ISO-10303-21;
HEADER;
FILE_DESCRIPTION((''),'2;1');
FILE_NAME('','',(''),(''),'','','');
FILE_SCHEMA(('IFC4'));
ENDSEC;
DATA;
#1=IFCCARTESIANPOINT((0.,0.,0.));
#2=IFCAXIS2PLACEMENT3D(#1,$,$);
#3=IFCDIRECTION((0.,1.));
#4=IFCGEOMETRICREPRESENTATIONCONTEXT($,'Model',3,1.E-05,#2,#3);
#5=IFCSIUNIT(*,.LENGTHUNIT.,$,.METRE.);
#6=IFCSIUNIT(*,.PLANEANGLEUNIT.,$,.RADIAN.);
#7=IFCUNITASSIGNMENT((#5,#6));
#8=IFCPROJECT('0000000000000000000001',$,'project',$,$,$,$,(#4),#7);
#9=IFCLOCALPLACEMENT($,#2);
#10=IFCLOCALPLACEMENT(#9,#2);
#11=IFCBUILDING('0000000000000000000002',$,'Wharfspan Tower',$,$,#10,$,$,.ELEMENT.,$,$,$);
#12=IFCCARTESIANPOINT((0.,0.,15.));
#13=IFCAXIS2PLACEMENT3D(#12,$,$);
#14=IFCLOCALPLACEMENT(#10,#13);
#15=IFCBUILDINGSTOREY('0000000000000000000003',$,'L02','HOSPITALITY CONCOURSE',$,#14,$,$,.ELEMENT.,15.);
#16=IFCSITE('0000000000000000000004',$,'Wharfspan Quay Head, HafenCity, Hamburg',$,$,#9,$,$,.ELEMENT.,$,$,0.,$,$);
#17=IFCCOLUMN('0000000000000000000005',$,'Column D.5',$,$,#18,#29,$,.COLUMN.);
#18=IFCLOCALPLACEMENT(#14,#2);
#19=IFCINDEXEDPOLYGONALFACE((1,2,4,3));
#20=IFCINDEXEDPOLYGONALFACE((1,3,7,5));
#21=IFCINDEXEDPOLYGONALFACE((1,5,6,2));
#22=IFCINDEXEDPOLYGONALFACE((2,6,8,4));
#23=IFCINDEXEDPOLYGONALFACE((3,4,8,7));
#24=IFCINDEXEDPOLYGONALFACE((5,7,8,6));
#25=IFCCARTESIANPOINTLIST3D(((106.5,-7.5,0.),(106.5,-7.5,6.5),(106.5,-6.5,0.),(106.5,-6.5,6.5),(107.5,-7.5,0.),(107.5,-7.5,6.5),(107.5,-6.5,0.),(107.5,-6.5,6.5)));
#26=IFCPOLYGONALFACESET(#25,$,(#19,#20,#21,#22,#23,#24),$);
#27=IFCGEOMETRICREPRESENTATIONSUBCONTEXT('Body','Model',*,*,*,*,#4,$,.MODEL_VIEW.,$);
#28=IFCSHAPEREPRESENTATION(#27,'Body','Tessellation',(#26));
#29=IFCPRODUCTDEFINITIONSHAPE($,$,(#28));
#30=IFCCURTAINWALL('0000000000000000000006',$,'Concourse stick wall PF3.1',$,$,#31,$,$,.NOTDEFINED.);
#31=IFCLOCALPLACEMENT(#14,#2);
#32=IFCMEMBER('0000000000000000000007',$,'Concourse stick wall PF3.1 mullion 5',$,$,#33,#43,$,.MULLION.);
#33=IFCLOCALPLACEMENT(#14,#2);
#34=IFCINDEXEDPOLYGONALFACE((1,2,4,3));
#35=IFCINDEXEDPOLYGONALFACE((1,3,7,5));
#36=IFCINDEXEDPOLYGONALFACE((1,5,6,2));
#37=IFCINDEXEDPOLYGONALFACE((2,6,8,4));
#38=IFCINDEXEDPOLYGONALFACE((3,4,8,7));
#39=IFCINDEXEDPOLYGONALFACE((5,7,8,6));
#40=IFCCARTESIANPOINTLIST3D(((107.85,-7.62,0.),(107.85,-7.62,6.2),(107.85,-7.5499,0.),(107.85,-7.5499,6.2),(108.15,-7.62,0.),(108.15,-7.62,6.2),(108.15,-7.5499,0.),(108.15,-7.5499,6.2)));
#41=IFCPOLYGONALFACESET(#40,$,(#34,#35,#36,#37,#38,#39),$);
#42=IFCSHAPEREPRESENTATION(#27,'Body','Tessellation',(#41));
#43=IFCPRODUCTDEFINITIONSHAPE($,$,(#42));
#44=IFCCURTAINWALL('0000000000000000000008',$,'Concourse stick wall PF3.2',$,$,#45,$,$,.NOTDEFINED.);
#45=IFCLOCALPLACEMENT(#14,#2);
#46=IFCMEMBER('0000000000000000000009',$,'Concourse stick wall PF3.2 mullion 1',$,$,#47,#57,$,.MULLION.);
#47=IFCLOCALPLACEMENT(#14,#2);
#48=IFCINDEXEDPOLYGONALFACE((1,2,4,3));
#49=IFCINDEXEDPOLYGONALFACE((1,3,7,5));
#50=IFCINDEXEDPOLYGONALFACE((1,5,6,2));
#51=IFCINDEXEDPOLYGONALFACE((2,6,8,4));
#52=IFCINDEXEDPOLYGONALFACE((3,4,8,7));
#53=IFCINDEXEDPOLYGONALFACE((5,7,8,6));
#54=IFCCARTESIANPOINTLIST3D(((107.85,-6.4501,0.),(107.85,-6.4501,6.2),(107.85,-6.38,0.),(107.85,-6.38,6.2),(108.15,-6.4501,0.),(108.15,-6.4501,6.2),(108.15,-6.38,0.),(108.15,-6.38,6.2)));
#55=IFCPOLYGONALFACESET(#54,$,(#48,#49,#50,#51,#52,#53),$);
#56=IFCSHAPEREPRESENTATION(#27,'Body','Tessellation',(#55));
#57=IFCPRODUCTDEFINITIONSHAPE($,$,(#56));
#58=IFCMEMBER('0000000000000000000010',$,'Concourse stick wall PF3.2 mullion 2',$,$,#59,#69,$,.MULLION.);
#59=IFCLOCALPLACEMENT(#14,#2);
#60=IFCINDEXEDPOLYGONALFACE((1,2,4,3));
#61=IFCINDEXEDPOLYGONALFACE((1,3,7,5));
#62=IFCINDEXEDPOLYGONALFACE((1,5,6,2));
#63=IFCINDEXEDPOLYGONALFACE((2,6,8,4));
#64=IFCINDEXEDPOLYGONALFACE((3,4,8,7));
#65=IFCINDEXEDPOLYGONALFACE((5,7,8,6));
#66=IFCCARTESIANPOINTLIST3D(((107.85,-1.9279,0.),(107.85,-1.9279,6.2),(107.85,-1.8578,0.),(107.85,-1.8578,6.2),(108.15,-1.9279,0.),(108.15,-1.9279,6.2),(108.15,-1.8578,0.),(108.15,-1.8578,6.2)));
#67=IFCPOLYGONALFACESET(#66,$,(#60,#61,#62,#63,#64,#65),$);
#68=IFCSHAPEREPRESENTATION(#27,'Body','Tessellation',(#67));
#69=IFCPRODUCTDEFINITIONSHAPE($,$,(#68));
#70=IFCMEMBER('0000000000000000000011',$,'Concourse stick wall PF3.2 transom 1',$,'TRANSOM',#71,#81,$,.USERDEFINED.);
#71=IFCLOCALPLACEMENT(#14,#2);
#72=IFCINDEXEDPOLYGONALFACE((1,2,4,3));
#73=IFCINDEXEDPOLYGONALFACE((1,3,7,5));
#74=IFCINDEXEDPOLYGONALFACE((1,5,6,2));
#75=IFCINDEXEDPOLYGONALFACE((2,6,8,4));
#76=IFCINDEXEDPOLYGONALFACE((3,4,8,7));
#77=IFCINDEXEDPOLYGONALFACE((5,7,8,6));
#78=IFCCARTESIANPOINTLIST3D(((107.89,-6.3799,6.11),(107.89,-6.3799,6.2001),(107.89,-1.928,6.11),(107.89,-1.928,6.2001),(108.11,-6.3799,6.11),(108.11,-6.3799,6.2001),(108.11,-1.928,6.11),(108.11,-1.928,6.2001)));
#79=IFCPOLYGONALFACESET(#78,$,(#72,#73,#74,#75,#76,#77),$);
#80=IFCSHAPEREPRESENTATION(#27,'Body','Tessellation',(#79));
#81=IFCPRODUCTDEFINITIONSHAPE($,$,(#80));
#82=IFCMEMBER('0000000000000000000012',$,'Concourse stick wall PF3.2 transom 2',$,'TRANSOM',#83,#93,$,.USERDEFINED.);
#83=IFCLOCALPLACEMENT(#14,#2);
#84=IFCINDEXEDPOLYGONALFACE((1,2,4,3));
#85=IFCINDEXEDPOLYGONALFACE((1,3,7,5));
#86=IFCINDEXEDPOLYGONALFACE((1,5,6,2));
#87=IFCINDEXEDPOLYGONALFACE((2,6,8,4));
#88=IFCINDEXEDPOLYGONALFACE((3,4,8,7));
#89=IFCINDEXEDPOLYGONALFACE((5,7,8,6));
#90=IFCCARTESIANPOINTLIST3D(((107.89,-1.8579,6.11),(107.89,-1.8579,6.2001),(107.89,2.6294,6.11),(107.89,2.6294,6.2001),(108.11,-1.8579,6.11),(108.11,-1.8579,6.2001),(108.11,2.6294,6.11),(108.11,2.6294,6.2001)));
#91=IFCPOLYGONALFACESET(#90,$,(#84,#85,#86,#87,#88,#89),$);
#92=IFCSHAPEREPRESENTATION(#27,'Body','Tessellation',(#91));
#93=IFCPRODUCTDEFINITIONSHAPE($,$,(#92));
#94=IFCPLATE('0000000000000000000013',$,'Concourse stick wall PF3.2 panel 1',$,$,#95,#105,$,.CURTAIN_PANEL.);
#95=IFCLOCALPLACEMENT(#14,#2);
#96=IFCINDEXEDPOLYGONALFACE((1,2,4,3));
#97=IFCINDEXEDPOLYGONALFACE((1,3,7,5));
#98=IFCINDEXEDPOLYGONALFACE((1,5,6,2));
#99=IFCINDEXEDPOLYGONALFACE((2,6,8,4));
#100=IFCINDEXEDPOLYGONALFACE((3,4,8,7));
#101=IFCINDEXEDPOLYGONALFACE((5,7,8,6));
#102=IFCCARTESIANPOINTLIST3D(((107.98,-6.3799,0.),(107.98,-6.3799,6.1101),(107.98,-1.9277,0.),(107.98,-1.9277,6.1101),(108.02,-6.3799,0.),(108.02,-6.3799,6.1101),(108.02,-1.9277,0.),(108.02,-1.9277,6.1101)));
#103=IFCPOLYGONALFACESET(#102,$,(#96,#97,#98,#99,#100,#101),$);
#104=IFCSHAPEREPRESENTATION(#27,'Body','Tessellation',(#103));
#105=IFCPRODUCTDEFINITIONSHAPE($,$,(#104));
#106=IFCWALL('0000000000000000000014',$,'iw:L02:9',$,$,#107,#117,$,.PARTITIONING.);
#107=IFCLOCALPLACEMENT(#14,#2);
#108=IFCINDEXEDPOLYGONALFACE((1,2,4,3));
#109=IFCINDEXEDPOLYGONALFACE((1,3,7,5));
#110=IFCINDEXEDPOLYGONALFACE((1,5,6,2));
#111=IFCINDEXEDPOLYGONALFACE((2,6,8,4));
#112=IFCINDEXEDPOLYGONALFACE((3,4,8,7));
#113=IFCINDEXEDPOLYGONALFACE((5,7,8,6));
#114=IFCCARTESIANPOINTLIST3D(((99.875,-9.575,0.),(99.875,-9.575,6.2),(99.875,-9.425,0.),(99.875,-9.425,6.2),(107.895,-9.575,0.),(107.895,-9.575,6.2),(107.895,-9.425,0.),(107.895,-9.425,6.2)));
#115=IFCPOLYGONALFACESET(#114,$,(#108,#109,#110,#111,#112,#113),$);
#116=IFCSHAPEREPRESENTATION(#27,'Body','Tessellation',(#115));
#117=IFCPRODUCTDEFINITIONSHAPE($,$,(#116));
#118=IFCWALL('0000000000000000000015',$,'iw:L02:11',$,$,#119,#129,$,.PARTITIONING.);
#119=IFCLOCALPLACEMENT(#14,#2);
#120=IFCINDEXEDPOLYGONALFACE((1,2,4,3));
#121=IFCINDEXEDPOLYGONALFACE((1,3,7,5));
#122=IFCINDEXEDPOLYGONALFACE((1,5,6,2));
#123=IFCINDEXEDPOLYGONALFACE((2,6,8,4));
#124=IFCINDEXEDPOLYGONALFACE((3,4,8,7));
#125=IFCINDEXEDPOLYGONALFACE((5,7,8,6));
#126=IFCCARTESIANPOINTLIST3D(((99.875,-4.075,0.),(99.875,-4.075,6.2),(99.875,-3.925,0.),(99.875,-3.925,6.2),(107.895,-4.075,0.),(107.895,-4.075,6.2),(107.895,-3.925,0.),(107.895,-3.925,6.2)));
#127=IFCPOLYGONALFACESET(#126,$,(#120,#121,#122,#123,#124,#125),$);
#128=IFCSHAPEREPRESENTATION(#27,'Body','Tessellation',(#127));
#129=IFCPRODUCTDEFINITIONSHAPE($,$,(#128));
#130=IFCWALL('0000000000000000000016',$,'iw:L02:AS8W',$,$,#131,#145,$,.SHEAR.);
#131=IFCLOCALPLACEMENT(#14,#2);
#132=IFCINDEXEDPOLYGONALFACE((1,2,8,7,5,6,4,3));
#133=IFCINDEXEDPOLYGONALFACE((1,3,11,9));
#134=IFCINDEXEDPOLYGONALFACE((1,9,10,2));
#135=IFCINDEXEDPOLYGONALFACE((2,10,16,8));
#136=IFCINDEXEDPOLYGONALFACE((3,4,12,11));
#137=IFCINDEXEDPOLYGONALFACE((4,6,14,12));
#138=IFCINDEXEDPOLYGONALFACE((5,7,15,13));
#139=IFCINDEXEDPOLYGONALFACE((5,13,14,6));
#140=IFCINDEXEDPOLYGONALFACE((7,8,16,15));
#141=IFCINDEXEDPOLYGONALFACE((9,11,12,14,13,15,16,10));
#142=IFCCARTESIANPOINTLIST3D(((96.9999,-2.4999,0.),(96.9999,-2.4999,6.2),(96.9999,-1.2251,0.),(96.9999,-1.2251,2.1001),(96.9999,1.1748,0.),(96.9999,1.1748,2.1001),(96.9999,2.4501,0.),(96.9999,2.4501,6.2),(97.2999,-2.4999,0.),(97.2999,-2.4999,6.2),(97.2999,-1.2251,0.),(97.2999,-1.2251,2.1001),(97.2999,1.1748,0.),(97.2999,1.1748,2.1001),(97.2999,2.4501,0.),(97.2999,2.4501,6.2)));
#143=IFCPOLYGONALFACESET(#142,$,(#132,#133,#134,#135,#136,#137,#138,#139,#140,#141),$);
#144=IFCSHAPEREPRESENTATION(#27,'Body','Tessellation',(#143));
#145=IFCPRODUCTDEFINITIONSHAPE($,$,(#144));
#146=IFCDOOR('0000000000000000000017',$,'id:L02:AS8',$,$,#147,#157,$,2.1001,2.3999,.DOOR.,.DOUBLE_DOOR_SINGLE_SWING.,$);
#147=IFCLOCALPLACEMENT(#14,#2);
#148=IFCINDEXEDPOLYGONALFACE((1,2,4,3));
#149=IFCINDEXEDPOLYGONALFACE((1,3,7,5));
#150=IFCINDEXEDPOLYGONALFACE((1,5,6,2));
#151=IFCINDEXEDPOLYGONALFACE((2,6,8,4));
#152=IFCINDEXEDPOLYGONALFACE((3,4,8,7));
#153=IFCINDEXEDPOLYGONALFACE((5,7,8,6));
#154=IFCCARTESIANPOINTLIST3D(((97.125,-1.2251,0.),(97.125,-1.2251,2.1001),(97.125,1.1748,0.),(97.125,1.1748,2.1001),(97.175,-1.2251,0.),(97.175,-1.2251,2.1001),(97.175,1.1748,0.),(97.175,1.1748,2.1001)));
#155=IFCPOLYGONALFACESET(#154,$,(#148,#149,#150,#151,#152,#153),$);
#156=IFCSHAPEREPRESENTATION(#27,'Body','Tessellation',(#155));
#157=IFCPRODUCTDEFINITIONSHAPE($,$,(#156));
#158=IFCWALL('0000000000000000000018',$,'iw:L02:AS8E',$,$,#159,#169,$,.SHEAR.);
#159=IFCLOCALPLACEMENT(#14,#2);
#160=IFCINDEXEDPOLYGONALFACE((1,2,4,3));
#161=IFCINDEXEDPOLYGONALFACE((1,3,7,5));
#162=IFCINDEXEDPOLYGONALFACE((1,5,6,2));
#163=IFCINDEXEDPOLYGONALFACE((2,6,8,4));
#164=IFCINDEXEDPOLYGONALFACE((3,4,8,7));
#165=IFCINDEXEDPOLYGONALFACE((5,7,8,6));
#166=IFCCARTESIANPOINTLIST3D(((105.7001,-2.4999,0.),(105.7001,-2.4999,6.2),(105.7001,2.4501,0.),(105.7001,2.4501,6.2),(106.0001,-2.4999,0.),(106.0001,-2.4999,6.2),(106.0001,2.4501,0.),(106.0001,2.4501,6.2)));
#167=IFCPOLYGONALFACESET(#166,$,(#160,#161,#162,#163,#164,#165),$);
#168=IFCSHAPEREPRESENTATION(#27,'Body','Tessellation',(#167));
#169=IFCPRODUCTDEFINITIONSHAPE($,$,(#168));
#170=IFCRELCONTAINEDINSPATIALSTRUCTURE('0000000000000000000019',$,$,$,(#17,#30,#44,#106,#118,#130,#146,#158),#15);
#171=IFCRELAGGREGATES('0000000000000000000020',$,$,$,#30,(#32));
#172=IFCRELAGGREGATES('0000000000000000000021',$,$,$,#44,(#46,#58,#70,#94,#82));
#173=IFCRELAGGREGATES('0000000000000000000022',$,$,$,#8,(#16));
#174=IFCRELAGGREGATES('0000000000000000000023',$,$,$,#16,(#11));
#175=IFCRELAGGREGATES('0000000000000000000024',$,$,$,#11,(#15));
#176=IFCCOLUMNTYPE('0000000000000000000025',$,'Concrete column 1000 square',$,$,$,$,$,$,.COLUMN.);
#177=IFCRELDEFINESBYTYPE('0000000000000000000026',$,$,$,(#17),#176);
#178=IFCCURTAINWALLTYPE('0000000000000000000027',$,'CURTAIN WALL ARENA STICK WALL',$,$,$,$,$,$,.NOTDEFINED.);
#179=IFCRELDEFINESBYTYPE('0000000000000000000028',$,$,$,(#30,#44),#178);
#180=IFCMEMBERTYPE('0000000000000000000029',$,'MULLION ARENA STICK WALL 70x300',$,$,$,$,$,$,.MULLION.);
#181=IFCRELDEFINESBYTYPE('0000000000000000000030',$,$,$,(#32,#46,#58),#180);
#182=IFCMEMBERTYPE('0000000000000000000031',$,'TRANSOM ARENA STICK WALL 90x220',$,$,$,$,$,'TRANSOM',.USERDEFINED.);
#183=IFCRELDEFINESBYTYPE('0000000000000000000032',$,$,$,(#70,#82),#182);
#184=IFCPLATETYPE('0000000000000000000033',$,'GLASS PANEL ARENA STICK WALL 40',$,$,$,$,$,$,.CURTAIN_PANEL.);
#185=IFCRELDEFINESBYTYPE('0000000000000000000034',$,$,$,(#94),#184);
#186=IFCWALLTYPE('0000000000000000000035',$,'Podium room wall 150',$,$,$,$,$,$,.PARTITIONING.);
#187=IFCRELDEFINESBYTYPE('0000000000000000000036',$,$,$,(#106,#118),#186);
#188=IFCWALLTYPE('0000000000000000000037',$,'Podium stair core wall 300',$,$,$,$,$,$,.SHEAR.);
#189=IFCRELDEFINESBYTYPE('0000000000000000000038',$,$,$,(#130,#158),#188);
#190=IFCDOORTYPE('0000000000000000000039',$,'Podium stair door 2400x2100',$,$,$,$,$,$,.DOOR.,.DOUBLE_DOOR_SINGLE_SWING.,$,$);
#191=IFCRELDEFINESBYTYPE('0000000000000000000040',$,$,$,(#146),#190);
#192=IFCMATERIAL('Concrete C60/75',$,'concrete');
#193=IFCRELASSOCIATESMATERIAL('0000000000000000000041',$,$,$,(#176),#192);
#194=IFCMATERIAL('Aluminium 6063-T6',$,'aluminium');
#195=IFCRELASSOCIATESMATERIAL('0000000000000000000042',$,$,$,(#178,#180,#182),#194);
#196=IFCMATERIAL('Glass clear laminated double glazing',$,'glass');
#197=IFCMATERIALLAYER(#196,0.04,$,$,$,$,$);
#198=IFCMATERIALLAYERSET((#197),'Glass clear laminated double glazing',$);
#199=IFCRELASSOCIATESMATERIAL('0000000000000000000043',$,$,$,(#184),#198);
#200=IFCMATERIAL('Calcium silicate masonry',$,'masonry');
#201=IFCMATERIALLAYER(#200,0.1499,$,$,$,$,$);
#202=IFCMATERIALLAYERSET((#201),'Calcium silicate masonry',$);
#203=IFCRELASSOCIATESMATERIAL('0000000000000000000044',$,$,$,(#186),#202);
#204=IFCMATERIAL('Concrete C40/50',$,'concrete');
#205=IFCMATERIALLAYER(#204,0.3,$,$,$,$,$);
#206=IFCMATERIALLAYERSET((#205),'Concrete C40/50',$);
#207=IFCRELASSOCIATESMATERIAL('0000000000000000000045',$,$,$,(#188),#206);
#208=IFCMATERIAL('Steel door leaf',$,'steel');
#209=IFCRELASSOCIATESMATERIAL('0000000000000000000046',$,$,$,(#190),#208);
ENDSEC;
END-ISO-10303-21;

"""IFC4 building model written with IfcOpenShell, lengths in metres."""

from ifc_helpers import new_model, si_unit, direction, frame, frame_2d, origin, origin_2d, place, context, subcontext, project, spatial, rectangle, extrude, material, layer, layer_set, material_profile, profile_set, type_object, element, fill, aggregate, save


model = new_model("IFC4")

# Units and contexts
model_context = context("Model", 3, precision=1e-05, world=origin(), true_north=direction((0.0, 1.0)))
body_context = subcontext(model_context, "Body", "Model", "MODEL_VIEW")
ifc_project = project(units=[si_unit("LENGTHUNIT", "METRE"), si_unit("PLANEANGLEUNIT", "RADIAN")], contexts=[model_context])

# Site, building, storey
site_placement = place(None, origin())
site = spatial("IfcSite", under=ifc_project, at=site_placement, Name="Wharfspan Quay Head, HafenCity, Hamburg", CompositionType="ELEMENT", RefElevation=0.0)
building_placement = place(site_placement, origin())
building = spatial("IfcBuilding", under=site, at=building_placement, Name="Wharfspan Tower", CompositionType="ELEMENT")
storey_placement = place(building_placement, frame((0.0, 0.0, 15.0)))
storey = spatial("IfcBuildingStorey", under=building, at=storey_placement, Name="L02", Description="HOSPITALITY CONCOURSE", CompositionType="ELEMENT", Elevation=15.0)

# Column
ifc_material_1 = material(Name="Concrete C60/75", Category="concrete")
ifc_material_profile_1 = material_profile(ifc_material_1, rectangle(XDim=1.0, YDim=1.0, at=origin_2d()))
ifc_profile_set_1 = profile_set([ifc_material_profile_1], Name="Concrete C60/75")
column_type = type_object("IfcColumnType", Name="Concrete column 1000 square", PredefinedType="COLUMN", material=ifc_profile_set_1)
column_placement = place(storey_placement, frame((107.0, -7.0, 0.0), z_axis=(0.0, 0.0, 1.0), x_axis=(1.0, 0.0, 0.0)))
element("IfcColumn", 1, at=column_placement, inside=storey, type_object=column_type, Name="Column D.5", PredefinedType="COLUMN", context=body_context, shape_type="SweptSolid", body=[
    extrude(rectangle(XDim=1.0, YDim=1.0, at=origin_2d()), origin(), (0.0, 0.0, 1.0), 6.5),
])

# Curtain wall, member
ifc_material_2 = material(Name="Aluminium 6063-T6", Category="aluminium")
curtain_wall_type = type_object("IfcCurtainWallType", Name="CURTAIN WALL ARENA STICK WALL", PredefinedType="NOTDEFINED", material=ifc_material_2)
curtain_wall_1_placement = place(storey_placement, origin())
curtain_wall_1 = element("IfcCurtainWall", 2, at=curtain_wall_1_placement, inside=storey, type_object=curtain_wall_type, Name="Concourse stick wall PF3.1", PredefinedType="NOTDEFINED")
ifc_material_profile_2 = material_profile(ifc_material_2, rectangle(XDim=0.3, YDim=0.0701, at=origin_2d()))
ifc_profile_set_2 = profile_set([ifc_material_profile_2], Name="Aluminium 6063-T6")
member_type_1 = type_object("IfcMemberType", Name="MULLION ARENA STICK WALL 70x300", PredefinedType="MULLION", material=ifc_profile_set_2)
member_1_placement = place(storey_placement, frame((108.0, -7.585, 0.0), z_axis=(0.0, 0.0, 1.0), x_axis=(-1.0, 0.0, 0.0)))
member_1 = element("IfcMember", 3, at=member_1_placement, type_object=member_type_1, Name="Concourse stick wall PF3.1 mullion 5", PredefinedType="MULLION", context=body_context, shape_type="SweptSolid", body=[
    extrude(rectangle(XDim=0.3, YDim=0.0701, at=origin_2d()), origin(), (0.0, 0.0, 1.0), 6.2),
])
aggregate(curtain_wall_1, [member_1])

# Curtain wall, members, plate
curtain_wall_2_placement = place(storey_placement, origin())
curtain_wall_2 = element("IfcCurtainWall", 4, at=curtain_wall_2_placement, inside=storey, type_object=curtain_wall_type, Name="Concourse stick wall PF3.2", PredefinedType="NOTDEFINED")
member_2_placement = place(storey_placement, frame((108.0, -6.415, 0.0), z_axis=(0.0, 0.0, 1.0), x_axis=(-1.0, 0.0, 0.0)))
member_2 = element("IfcMember", 5, at=member_2_placement, type_object=member_type_1, Name="Concourse stick wall PF3.2 mullion 1", PredefinedType="MULLION", context=body_context, shape_type="SweptSolid", body=[
    extrude(rectangle(XDim=0.3, YDim=0.0701, at=origin_2d()), origin(), (0.0, 0.0, 1.0), 6.2),
])
member_3_placement = place(storey_placement, frame((108.0, -1.8928, 0.0), z_axis=(0.0, 0.0, 1.0), x_axis=(-1.0, 0.0, 0.0)))
member_3 = element("IfcMember", 6, at=member_3_placement, type_object=member_type_1, Name="Concourse stick wall PF3.2 mullion 2", PredefinedType="MULLION", context=body_context, shape_type="SweptSolid", body=[
    extrude(rectangle(XDim=0.3, YDim=0.0701, at=origin_2d()), origin(), (0.0, 0.0, 1.0), 6.2),
])
ifc_material_profile_3 = material_profile(ifc_material_2, rectangle(XDim=0.22, YDim=0.0901, at=origin_2d()))
ifc_profile_set_3 = profile_set([ifc_material_profile_3], Name="Aluminium 6063-T6")
member_type_2 = type_object("IfcMemberType", Name="TRANSOM ARENA STICK WALL 90x220", ElementType="TRANSOM", PredefinedType="USERDEFINED", material=ifc_profile_set_3)
member_4_placement = place(storey_placement, frame((108.0, -6.3799, 6.155), z_axis=(0.0, 1.0, 0.0), x_axis=(-1.0, 0.0, 0.0)))
member_4 = element("IfcMember", 7, at=member_4_placement, type_object=member_type_2, Name="Concourse stick wall PF3.2 transom 1", ObjectType="TRANSOM", PredefinedType="USERDEFINED", context=body_context, shape_type="SweptSolid", body=[
    extrude(rectangle(XDim=0.22, YDim=0.0901, at=origin_2d()), origin(), (0.0, 0.0, 1.0), 4.4519),
])
member_5_placement = place(storey_placement, frame((108.0, -1.8579, 6.155), z_axis=(0.0, 1.0, 0.0), x_axis=(-1.0, 0.0, 0.0)))
member_5 = element("IfcMember", 8, at=member_5_placement, type_object=member_type_2, Name="Concourse stick wall PF3.2 transom 2", ObjectType="TRANSOM", PredefinedType="USERDEFINED", context=body_context, shape_type="SweptSolid", body=[
    extrude(rectangle(XDim=0.22, YDim=0.0901, at=origin_2d()), origin(), (0.0, 0.0, 1.0), 4.4873),
])
ifc_material_3 = material(Name="Glass clear laminated double glazing", Category="glass")
ifc_layer_1 = layer(ifc_material_3, 0.04)
ifc_layer_set_1 = layer_set([ifc_layer_1], Name="Glass clear laminated double glazing")
plate_type = type_object("IfcPlateType", Name="GLASS PANEL ARENA STICK WALL 40", PredefinedType="CURTAIN_PANEL", material=ifc_layer_set_1)
plate_placement = place(storey_placement, frame((108.0, -4.1538, 0.0), z_axis=(0.0, 0.0, 1.0), x_axis=(0.0, 1.0, 0.0)))
plate = element("IfcPlate", 9, at=plate_placement, type_object=plate_type, Name="Concourse stick wall PF3.2 panel 1", PredefinedType="CURTAIN_PANEL", context=body_context, shape_type="SweptSolid", body=[
    extrude(rectangle(XDim=4.4521, YDim=0.04, at=origin_2d()), origin(), (0.0, 0.0, 1.0), 6.1101),
])
aggregate(curtain_wall_2, [member_2, member_3, member_4, plate, member_5])

# Walls
ifc_material_4 = material(Name="Calcium silicate masonry", Category="masonry")
ifc_layer_2 = layer(ifc_material_4, 0.1499)
ifc_layer_set_2 = layer_set([ifc_layer_2], Name="Calcium silicate masonry")
wall_type_1 = type_object("IfcWallType", Name="Podium room wall 150", PredefinedType="PARTITIONING", material=ifc_layer_set_2)
for number, where, z_axis, x_axis, name in (
    (10, (99.875, -9.5, 0.0), (0.0, 0.0, 1.0), (1.0, 0.0, 0.0), "iw:L02:9"),
    (11, (99.875, -4.0, 0.0), (0.0, 0.0, 1.0), (1.0, 0.0, 0.0), "iw:L02:11"),
):
    element("IfcWall", number, at=place(storey_placement, frame(where, z_axis=z_axis, x_axis=x_axis)), inside=storey, type_object=wall_type_1, Name=name, PredefinedType="PARTITIONING", context=body_context, shape_type="SweptSolid", body=[
        extrude(rectangle(XDim=8.02, YDim=0.1499, at=frame_2d((4.01, 0.0))), origin(), (0.0, 0.0, 1.0), 6.2),
    ])

# Wall, opening, door
ifc_material_5 = material(Name="Concrete C40/50", Category="concrete")
ifc_layer_3 = layer(ifc_material_5, 0.3)
ifc_layer_set_3 = layer_set([ifc_layer_3], Name="Concrete C40/50")
wall_type_2 = type_object("IfcWallType", Name="Podium stair core wall 300", PredefinedType="SHEAR", material=ifc_layer_set_3)
wall_1_placement = place(storey_placement, frame((97.1499, -2.5, 0.0), z_axis=(0.0, 0.0, 1.0), x_axis=(0.0, 1.0, 0.0)))
wall_1 = element("IfcWall", 12, at=wall_1_placement, inside=storey, type_object=wall_type_2, Name="iw:L02:AS8W", PredefinedType="SHEAR", context=body_context, shape_type="SweptSolid", body=[
    extrude(rectangle(XDim=4.95, YDim=0.3, at=frame_2d((2.4751, 0.0))), origin(), (0.0, 0.0, 1.0), 6.2),
])
opening_placement = place(wall_1_placement, frame((1.2749, 0.0, 0.0)))
opening = element("IfcOpeningElement", 13, at=opening_placement, cuts=wall_1, PredefinedType="OPENING", context=body_context, shape_type="SweptSolid", body=[
    extrude(rectangle(XDim=2.3999, YDim=2.1001, at=frame_2d((1.2, 1.05))), frame((0.0, 0.1599, 0.0), z_axis=(0.0, -1.0, 0.0), x_axis=(1.0, 0.0, 0.0)), (0.0, 0.0, 1.0), 0.3201),
])
ifc_material_6 = material(Name="Steel door leaf", Category="steel")
door_type = type_object("IfcDoorType", Name="Podium stair door 2400x2100", OperationType="DOUBLE_DOOR_SINGLE_SWING", PredefinedType="DOOR", material=ifc_material_6)
door_placement = place(opening_placement, origin())
door = element("IfcDoor", 14, at=door_placement, inside=storey, type_object=door_type, Name="id:L02:AS8", OperationType="DOUBLE_DOOR_SINGLE_SWING", OverallHeight=2.1001, OverallWidth=2.3999, PredefinedType="DOOR", context=body_context, shape_type="SweptSolid", body=[
    extrude(rectangle(XDim=2.3999, YDim=2.1001, at=frame_2d((1.2, 1.05))), frame((0.0, 0.0249, 0.0), z_axis=(0.0, -1.0, 0.0), x_axis=(1.0, 0.0, 0.0)), (0.0, 0.0, 1.0), 0.05),
])
fill(opening, door)

# Wall
wall_2_placement = place(storey_placement, frame((105.8501, -2.5, 0.0), z_axis=(0.0, 0.0, 1.0), x_axis=(0.0, 1.0, 0.0)))
element("IfcWall", 15, at=wall_2_placement, inside=storey, type_object=wall_type_2, Name="iw:L02:AS8E", PredefinedType="SHEAR", context=body_context, shape_type="SweptSolid", body=[
    extrude(rectangle(XDim=4.95, YDim=0.3, at=frame_2d((2.4751, 0.0))), origin(), (0.0, 0.0, 1.0), 6.2),
])

save(model, "model.ifc")
